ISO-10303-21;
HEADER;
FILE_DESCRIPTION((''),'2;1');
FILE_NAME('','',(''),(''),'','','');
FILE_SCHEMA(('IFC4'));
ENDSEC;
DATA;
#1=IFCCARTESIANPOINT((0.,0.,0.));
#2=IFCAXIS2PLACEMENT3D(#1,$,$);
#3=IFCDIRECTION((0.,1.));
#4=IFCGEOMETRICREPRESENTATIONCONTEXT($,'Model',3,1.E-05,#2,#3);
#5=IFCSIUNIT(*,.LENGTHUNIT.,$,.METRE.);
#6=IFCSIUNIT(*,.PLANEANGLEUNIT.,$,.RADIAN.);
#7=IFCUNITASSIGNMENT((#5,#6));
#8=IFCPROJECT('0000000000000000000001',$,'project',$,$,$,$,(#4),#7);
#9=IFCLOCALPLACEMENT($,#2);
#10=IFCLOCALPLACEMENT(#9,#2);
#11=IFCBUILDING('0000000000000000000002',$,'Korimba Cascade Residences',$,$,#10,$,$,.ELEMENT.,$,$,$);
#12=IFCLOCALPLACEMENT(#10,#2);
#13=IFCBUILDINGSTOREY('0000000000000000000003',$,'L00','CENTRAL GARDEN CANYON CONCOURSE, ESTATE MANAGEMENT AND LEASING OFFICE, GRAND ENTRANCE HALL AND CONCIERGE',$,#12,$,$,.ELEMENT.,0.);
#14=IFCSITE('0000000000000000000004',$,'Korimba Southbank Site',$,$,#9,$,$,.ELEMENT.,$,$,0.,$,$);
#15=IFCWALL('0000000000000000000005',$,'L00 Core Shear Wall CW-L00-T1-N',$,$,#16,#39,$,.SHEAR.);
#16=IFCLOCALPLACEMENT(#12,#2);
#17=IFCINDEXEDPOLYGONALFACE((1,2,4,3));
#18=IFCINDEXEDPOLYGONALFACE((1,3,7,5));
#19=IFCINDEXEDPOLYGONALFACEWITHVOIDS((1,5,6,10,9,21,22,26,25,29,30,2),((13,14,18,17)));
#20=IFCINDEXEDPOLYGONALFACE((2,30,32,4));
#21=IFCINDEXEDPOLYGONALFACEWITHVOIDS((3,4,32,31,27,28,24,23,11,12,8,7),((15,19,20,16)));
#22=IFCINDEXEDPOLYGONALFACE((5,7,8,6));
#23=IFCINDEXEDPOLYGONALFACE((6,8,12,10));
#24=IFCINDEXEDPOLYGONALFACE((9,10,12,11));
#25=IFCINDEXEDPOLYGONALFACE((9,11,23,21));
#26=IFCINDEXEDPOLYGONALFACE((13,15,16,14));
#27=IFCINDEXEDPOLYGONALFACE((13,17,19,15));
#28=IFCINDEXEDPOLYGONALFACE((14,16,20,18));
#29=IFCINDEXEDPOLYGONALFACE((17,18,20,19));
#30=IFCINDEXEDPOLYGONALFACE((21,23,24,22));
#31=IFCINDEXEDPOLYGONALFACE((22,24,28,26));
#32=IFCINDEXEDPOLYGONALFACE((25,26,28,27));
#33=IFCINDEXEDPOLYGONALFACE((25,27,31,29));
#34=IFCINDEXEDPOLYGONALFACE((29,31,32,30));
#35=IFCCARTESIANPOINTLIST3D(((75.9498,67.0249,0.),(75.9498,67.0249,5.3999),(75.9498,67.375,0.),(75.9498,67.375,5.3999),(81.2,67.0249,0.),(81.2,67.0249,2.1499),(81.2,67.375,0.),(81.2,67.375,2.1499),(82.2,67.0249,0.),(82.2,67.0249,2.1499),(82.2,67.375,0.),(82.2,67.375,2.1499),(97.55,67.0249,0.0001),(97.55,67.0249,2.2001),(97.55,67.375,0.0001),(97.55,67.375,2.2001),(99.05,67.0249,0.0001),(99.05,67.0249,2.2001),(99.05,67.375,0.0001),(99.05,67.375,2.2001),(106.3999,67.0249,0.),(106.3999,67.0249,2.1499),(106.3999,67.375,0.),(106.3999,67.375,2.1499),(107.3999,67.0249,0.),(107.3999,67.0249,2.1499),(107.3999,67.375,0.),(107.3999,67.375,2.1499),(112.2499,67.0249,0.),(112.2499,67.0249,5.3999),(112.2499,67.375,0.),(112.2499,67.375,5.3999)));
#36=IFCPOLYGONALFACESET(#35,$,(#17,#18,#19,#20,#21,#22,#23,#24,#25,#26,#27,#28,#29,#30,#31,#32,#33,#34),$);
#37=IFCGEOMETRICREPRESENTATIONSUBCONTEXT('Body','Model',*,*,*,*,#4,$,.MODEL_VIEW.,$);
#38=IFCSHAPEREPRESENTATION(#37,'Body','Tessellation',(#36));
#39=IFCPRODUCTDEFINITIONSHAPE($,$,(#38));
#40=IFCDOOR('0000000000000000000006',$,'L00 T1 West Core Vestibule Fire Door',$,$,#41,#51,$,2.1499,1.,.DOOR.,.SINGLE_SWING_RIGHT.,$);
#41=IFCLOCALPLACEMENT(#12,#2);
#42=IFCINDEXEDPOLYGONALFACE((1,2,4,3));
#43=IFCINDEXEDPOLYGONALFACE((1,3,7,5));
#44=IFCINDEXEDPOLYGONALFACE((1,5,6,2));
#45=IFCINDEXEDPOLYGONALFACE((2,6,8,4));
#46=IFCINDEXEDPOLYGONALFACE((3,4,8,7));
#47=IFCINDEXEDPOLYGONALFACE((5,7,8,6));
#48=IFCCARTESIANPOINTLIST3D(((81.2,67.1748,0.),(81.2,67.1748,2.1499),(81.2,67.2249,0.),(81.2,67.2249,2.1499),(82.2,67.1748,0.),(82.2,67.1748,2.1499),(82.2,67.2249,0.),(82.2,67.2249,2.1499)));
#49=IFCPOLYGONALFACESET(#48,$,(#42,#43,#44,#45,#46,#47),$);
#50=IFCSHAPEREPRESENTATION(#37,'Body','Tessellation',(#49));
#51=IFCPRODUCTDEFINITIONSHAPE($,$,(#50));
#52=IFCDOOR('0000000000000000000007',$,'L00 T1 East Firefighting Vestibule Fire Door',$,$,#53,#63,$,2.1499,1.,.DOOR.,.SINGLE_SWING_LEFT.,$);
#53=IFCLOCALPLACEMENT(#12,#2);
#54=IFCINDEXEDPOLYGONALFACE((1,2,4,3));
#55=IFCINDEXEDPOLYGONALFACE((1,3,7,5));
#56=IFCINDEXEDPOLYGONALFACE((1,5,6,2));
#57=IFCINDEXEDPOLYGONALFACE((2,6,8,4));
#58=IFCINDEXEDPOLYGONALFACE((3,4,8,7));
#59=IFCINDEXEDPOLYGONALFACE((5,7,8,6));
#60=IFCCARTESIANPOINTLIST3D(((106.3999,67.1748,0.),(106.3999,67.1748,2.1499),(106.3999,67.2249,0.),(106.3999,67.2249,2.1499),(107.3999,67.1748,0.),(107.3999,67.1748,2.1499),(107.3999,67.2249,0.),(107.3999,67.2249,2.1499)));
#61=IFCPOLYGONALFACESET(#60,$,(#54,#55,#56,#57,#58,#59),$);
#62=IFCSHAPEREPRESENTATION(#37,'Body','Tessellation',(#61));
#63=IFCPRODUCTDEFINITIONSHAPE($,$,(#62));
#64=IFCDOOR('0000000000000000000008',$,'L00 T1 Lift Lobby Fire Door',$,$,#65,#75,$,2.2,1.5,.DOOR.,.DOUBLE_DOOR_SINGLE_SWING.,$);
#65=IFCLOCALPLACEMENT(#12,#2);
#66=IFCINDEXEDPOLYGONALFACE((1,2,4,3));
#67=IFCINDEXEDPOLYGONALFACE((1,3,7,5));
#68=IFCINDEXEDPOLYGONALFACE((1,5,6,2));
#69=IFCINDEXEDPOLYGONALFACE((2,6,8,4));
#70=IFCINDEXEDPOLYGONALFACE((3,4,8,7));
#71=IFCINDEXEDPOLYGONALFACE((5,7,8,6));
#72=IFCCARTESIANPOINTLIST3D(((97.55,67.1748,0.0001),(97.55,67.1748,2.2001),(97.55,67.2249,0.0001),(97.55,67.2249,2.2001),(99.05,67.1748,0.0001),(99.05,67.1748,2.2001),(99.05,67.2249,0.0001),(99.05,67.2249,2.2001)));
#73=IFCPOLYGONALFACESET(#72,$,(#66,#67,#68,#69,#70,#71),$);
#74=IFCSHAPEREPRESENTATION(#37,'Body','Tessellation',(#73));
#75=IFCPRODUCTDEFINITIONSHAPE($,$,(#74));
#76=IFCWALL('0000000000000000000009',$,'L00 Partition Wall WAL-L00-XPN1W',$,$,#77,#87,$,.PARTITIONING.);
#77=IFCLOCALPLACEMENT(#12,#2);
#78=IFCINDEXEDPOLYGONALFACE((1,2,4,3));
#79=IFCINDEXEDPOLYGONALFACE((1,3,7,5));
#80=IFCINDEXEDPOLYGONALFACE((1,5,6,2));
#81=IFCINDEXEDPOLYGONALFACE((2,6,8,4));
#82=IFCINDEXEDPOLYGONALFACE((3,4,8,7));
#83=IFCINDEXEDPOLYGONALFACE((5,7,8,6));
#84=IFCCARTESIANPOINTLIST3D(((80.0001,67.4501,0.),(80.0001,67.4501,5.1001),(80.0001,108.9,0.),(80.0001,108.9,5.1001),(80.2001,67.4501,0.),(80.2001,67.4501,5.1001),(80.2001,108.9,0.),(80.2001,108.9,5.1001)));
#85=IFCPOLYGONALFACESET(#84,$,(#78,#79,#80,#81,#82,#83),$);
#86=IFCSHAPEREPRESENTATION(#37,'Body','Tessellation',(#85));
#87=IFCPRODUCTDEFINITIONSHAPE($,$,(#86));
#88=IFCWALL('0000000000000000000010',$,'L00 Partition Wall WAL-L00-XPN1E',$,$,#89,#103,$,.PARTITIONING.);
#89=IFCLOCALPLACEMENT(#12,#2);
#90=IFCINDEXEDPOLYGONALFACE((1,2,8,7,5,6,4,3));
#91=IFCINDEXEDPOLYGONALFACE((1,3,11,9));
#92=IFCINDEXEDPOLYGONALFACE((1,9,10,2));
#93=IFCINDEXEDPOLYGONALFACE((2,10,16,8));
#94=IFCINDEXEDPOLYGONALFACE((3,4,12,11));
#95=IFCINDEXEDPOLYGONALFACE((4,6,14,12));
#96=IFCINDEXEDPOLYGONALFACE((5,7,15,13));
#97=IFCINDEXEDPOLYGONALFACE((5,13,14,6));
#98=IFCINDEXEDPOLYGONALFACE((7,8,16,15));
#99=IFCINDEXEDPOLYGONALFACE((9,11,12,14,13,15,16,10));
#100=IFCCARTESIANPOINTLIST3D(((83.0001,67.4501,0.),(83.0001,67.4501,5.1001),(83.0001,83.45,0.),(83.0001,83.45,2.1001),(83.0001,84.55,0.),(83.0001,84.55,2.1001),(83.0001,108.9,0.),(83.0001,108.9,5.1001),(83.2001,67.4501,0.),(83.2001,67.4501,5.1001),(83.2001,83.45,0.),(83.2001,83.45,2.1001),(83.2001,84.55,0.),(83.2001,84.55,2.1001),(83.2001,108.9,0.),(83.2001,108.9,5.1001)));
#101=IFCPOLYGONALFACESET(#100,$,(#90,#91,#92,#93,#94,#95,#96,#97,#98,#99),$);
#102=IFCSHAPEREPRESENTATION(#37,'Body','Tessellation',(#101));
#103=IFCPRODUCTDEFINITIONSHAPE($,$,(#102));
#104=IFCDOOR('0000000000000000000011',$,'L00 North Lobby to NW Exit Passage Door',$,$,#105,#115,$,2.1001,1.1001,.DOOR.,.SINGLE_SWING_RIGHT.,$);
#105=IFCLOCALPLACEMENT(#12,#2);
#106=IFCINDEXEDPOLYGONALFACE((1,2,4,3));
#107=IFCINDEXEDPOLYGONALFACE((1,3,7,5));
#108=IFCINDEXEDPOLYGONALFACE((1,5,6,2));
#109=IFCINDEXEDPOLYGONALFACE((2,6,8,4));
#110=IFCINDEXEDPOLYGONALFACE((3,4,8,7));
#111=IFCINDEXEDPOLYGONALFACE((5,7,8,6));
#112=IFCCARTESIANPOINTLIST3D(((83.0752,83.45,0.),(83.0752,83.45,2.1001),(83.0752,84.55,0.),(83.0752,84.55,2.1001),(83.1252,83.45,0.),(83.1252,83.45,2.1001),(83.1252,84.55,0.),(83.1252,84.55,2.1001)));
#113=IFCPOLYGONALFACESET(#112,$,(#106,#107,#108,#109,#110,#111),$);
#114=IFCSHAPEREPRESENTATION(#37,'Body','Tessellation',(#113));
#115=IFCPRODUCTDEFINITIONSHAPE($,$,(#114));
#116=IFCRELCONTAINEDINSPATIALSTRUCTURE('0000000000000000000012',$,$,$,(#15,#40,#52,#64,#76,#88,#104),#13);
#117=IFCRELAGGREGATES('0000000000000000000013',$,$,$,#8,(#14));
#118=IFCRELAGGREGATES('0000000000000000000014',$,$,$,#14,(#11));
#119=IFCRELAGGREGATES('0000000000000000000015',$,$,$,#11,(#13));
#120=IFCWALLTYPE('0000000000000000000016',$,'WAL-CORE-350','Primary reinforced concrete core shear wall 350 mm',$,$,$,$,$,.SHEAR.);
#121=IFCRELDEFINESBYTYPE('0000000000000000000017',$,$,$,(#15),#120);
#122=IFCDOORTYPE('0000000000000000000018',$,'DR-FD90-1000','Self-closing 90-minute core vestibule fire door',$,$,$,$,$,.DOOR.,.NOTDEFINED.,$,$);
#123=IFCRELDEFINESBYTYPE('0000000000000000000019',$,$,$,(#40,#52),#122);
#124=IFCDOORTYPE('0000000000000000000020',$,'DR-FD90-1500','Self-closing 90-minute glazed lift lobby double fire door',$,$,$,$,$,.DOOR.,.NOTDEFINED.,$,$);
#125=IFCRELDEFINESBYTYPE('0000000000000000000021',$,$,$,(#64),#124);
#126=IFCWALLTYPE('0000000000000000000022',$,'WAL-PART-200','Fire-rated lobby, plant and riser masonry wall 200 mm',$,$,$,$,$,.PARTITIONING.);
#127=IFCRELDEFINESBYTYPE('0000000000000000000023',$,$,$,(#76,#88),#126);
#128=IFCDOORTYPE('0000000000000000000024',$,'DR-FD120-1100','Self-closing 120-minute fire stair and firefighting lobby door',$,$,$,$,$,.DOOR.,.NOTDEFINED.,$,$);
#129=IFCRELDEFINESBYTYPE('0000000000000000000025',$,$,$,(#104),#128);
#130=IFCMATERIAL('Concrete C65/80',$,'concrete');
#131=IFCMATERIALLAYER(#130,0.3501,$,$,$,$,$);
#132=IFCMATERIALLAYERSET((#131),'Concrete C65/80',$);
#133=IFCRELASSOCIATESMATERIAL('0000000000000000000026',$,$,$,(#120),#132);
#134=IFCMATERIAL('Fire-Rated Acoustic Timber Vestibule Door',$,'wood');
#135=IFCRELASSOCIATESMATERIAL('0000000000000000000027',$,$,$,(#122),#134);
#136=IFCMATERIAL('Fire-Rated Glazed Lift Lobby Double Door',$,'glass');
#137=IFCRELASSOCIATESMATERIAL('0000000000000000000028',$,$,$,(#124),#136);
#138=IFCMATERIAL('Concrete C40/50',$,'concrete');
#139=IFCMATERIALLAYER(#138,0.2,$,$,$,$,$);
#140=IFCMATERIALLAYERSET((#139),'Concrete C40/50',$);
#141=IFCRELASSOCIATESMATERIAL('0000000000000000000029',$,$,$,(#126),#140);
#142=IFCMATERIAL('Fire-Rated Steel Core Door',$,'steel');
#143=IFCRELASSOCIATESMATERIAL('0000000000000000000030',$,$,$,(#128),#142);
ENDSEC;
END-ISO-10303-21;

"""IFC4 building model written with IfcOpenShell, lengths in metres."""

from ifc_helpers import new_model, si_unit, direction, frame, frame_2d, origin, place, context, subcontext, project, spatial, rectangle, extrude, material, layer, layer_set, type_object, element, fill, save


model = new_model("IFC4")

# Units and contexts
model_context = context("Model", 3, precision=1e-05, world=origin(), true_north=direction((0.0, 1.0)))
body_context = subcontext(model_context, "Body", "Model", "MODEL_VIEW")
ifc_project = project(units=[si_unit("LENGTHUNIT", "METRE"), si_unit("PLANEANGLEUNIT", "RADIAN")], contexts=[model_context])

# Site, building, storey
site_placement = place(None, origin())
site = spatial("IfcSite", under=ifc_project, at=site_placement, Name="Korimba Southbank Site", CompositionType="ELEMENT", RefElevation=0.0)
building_placement = place(site_placement, origin())
building = spatial("IfcBuilding", under=site, at=building_placement, Name="Korimba Cascade Residences", CompositionType="ELEMENT")
storey_placement = place(building_placement, origin())
storey = spatial("IfcBuildingStorey", under=building, at=storey_placement, Name="L00", Description="CENTRAL GARDEN CANYON CONCOURSE, ESTATE MANAGEMENT AND LEASING OFFICE, GRAND ENTRANCE HALL AND CONCIERGE", CompositionType="ELEMENT", Elevation=0.0)

# Wall, openings, doors
ifc_material_1 = material(Name="Concrete C65/80", Category="concrete")
ifc_layer_1 = layer(ifc_material_1, 0.3501)
ifc_layer_set_1 = layer_set([ifc_layer_1], Name="Concrete C65/80")
wall_type_1 = type_object("IfcWallType", Name="WAL-CORE-350", Description="Primary reinforced concrete core shear wall 350 mm", PredefinedType="SHEAR", material=ifc_layer_set_1)
wall_1_placement = place(storey_placement, frame((75.95, 67.2, 0.0), z_axis=(0.0, 0.0, 1.0), x_axis=(1.0, 0.0, 0.0)))
wall_1 = element("IfcWall", 1, at=wall_1_placement, inside=storey, type_object=wall_type_1, Name="L00 Core Shear Wall CW-L00-T1-N", PredefinedType="SHEAR", context=body_context, shape_type="SweptSolid", body=[
    extrude(rectangle(XDim=36.3, YDim=0.3501, at=frame_2d((18.1499, 0.0))), origin(), (0.0, 0.0, 1.0), 5.3999),
])
opening_1_placement = place(wall_1_placement, frame((5.25, 0.0, 0.0)))
opening_1 = element("IfcOpeningElement", 2, at=opening_1_placement, cuts=wall_1, PredefinedType="OPENING", context=body_context, shape_type="SweptSolid", body=[
    extrude(rectangle(XDim=1.0, YDim=2.1499, at=frame_2d((0.5, 1.075))), frame((0.0, 0.1851, 0.0), z_axis=(0.0, -1.0, 0.0), x_axis=(1.0, 0.0, 0.0)), (0.0, 0.0, 1.0), 0.3701),
])
opening_2_placement = place(wall_1_placement, frame((21.6001, 0.0, 0.0)))
opening_2 = element("IfcOpeningElement", 3, at=opening_2_placement, cuts=wall_1, PredefinedType="OPENING", context=body_context, shape_type="SweptSolid", body=[
    extrude(rectangle(XDim=1.5, YDim=2.2, at=frame_2d((0.75, 1.1001))), frame((0.0, 0.1851, 0.0), z_axis=(0.0, -1.0, 0.0), x_axis=(1.0, 0.0, 0.0)), (0.0, 0.0, 1.0), 0.3701),
])
opening_3_placement = place(wall_1_placement, frame((30.45, 0.0, 0.0)))
opening_3 = element("IfcOpeningElement", 4, at=opening_3_placement, cuts=wall_1, PredefinedType="OPENING", context=body_context, shape_type="SweptSolid", body=[
    extrude(rectangle(XDim=1.0, YDim=2.1499, at=frame_2d((0.5, 1.075))), frame((0.0, 0.1851, 0.0), z_axis=(0.0, -1.0, 0.0), x_axis=(1.0, 0.0, 0.0)), (0.0, 0.0, 1.0), 0.3701),
])
ifc_material_2 = material(Name="Fire-Rated Acoustic Timber Vestibule Door", Category="wood")
door_type_1 = type_object("IfcDoorType", Name="DR-FD90-1000", Description="Self-closing 90-minute core vestibule fire door", OperationType="NOTDEFINED", PredefinedType="DOOR", material=ifc_material_2)
door_1_placement = place(opening_1_placement, origin())
door_1 = element("IfcDoor", 5, at=door_1_placement, inside=storey, type_object=door_type_1, Name="L00 T1 West Core Vestibule Fire Door", OperationType="SINGLE_SWING_RIGHT", OverallHeight=2.1499, OverallWidth=1.0, PredefinedType="DOOR", context=body_context, shape_type="SweptSolid", body=[
    extrude(rectangle(XDim=1.0, YDim=2.1499, at=frame_2d((0.5, 1.075))), frame((0.0, 0.0249, 0.0), z_axis=(0.0, -1.0, 0.0), x_axis=(1.0, 0.0, 0.0)), (0.0, 0.0, 1.0), 0.05),
])
fill(opening_1, door_1)
door_2_placement = place(opening_3_placement, origin())
door_2 = element("IfcDoor", 6, at=door_2_placement, inside=storey, type_object=door_type_1, Name="L00 T1 East Firefighting Vestibule Fire Door", OperationType="SINGLE_SWING_LEFT", OverallHeight=2.1499, OverallWidth=1.0, PredefinedType="DOOR", context=body_context, shape_type="SweptSolid", body=[
    extrude(rectangle(XDim=1.0, YDim=2.1499, at=frame_2d((0.5, 1.075))), frame((0.0, 0.0249, 0.0), z_axis=(0.0, -1.0, 0.0), x_axis=(1.0, 0.0, 0.0)), (0.0, 0.0, 1.0), 0.05),
])
fill(opening_3, door_2)
ifc_material_3 = material(Name="Fire-Rated Glazed Lift Lobby Double Door", Category="glass")
door_type_2 = type_object("IfcDoorType", Name="DR-FD90-1500", Description="Self-closing 90-minute glazed lift lobby double fire door", OperationType="NOTDEFINED", PredefinedType="DOOR", material=ifc_material_3)
door_3_placement = place(opening_2_placement, origin())
door_3 = element("IfcDoor", 7, at=door_3_placement, inside=storey, type_object=door_type_2, Name="L00 T1 Lift Lobby Fire Door", OperationType="DOUBLE_DOOR_SINGLE_SWING", OverallHeight=2.2, OverallWidth=1.5, PredefinedType="DOOR", context=body_context, shape_type="SweptSolid", body=[
    extrude(rectangle(XDim=1.5, YDim=2.2, at=frame_2d((0.75, 1.1001))), frame((0.0, 0.0249, 0.0), z_axis=(0.0, -1.0, 0.0), x_axis=(1.0, 0.0, 0.0)), (0.0, 0.0, 1.0), 0.05),
])
fill(opening_2, door_3)

# Wall
ifc_material_4 = material(Name="Concrete C40/50", Category="concrete")
ifc_layer_2 = layer(ifc_material_4, 0.2)
ifc_layer_set_2 = layer_set([ifc_layer_2], Name="Concrete C40/50")
wall_type_2 = type_object("IfcWallType", Name="WAL-PART-200", Description="Fire-rated lobby, plant and riser masonry wall 200 mm", PredefinedType="PARTITIONING", material=ifc_layer_set_2)
wall_2_placement = place(storey_placement, frame((80.1001, 67.45, 0.0), z_axis=(0.0, 0.0, 1.0), x_axis=(0.0, 1.0, 0.0)))
element("IfcWall", 8, at=wall_2_placement, inside=storey, type_object=wall_type_2, Name="L00 Partition Wall WAL-L00-XPN1W", PredefinedType="PARTITIONING", context=body_context, shape_type="SweptSolid", body=[
    extrude(rectangle(XDim=41.45, YDim=0.2, at=frame_2d((20.7251, 0.0))), origin(), (0.0, 0.0, 1.0), 5.1001),
])

# Wall, opening, door
wall_3_placement = place(storey_placement, frame((83.1001, 67.45, 0.0), z_axis=(0.0, 0.0, 1.0), x_axis=(0.0, 1.0, 0.0)))
wall_3 = element("IfcWall", 9, at=wall_3_placement, inside=storey, type_object=wall_type_2, Name="L00 Partition Wall WAL-L00-XPN1E", PredefinedType="PARTITIONING", context=body_context, shape_type="SweptSolid", body=[
    extrude(rectangle(XDim=41.45, YDim=0.2, at=frame_2d((20.7251, 0.0))), origin(), (0.0, 0.0, 1.0), 5.1001),
])
opening_4_placement = place(wall_3_placement, frame((16.0, 0.0, 0.0)))
opening_4 = element("IfcOpeningElement", 10, at=opening_4_placement, cuts=wall_3, PredefinedType="OPENING", context=body_context, shape_type="SweptSolid", body=[
    extrude(rectangle(XDim=1.1001, YDim=2.1001, at=frame_2d((0.55, 1.05))), frame((0.0, 0.1099, 0.0), z_axis=(0.0, -1.0, 0.0), x_axis=(1.0, 0.0, 0.0)), (0.0, 0.0, 1.0), 0.22),
])
ifc_material_5 = material(Name="Fire-Rated Steel Core Door", Category="steel")
door_type_3 = type_object("IfcDoorType", Name="DR-FD120-1100", Description="Self-closing 120-minute fire stair and firefighting lobby door", OperationType="NOTDEFINED", PredefinedType="DOOR", material=ifc_material_5)
door_4_placement = place(opening_4_placement, origin())
door_4 = element("IfcDoor", 11, at=door_4_placement, inside=storey, type_object=door_type_3, Name="L00 North Lobby to NW Exit Passage Door", OperationType="SINGLE_SWING_RIGHT", OverallHeight=2.1001, OverallWidth=1.1001, PredefinedType="DOOR", context=body_context, shape_type="SweptSolid", body=[
    extrude(rectangle(XDim=1.1001, YDim=2.1001, at=frame_2d((0.55, 1.05))), frame((0.0, 0.0249, 0.0), z_axis=(0.0, -1.0, 0.0), x_axis=(1.0, 0.0, 0.0)), (0.0, 0.0, 1.0), 0.05),
])
fill(opening_4, door_4)

save(model, "model.ifc")
